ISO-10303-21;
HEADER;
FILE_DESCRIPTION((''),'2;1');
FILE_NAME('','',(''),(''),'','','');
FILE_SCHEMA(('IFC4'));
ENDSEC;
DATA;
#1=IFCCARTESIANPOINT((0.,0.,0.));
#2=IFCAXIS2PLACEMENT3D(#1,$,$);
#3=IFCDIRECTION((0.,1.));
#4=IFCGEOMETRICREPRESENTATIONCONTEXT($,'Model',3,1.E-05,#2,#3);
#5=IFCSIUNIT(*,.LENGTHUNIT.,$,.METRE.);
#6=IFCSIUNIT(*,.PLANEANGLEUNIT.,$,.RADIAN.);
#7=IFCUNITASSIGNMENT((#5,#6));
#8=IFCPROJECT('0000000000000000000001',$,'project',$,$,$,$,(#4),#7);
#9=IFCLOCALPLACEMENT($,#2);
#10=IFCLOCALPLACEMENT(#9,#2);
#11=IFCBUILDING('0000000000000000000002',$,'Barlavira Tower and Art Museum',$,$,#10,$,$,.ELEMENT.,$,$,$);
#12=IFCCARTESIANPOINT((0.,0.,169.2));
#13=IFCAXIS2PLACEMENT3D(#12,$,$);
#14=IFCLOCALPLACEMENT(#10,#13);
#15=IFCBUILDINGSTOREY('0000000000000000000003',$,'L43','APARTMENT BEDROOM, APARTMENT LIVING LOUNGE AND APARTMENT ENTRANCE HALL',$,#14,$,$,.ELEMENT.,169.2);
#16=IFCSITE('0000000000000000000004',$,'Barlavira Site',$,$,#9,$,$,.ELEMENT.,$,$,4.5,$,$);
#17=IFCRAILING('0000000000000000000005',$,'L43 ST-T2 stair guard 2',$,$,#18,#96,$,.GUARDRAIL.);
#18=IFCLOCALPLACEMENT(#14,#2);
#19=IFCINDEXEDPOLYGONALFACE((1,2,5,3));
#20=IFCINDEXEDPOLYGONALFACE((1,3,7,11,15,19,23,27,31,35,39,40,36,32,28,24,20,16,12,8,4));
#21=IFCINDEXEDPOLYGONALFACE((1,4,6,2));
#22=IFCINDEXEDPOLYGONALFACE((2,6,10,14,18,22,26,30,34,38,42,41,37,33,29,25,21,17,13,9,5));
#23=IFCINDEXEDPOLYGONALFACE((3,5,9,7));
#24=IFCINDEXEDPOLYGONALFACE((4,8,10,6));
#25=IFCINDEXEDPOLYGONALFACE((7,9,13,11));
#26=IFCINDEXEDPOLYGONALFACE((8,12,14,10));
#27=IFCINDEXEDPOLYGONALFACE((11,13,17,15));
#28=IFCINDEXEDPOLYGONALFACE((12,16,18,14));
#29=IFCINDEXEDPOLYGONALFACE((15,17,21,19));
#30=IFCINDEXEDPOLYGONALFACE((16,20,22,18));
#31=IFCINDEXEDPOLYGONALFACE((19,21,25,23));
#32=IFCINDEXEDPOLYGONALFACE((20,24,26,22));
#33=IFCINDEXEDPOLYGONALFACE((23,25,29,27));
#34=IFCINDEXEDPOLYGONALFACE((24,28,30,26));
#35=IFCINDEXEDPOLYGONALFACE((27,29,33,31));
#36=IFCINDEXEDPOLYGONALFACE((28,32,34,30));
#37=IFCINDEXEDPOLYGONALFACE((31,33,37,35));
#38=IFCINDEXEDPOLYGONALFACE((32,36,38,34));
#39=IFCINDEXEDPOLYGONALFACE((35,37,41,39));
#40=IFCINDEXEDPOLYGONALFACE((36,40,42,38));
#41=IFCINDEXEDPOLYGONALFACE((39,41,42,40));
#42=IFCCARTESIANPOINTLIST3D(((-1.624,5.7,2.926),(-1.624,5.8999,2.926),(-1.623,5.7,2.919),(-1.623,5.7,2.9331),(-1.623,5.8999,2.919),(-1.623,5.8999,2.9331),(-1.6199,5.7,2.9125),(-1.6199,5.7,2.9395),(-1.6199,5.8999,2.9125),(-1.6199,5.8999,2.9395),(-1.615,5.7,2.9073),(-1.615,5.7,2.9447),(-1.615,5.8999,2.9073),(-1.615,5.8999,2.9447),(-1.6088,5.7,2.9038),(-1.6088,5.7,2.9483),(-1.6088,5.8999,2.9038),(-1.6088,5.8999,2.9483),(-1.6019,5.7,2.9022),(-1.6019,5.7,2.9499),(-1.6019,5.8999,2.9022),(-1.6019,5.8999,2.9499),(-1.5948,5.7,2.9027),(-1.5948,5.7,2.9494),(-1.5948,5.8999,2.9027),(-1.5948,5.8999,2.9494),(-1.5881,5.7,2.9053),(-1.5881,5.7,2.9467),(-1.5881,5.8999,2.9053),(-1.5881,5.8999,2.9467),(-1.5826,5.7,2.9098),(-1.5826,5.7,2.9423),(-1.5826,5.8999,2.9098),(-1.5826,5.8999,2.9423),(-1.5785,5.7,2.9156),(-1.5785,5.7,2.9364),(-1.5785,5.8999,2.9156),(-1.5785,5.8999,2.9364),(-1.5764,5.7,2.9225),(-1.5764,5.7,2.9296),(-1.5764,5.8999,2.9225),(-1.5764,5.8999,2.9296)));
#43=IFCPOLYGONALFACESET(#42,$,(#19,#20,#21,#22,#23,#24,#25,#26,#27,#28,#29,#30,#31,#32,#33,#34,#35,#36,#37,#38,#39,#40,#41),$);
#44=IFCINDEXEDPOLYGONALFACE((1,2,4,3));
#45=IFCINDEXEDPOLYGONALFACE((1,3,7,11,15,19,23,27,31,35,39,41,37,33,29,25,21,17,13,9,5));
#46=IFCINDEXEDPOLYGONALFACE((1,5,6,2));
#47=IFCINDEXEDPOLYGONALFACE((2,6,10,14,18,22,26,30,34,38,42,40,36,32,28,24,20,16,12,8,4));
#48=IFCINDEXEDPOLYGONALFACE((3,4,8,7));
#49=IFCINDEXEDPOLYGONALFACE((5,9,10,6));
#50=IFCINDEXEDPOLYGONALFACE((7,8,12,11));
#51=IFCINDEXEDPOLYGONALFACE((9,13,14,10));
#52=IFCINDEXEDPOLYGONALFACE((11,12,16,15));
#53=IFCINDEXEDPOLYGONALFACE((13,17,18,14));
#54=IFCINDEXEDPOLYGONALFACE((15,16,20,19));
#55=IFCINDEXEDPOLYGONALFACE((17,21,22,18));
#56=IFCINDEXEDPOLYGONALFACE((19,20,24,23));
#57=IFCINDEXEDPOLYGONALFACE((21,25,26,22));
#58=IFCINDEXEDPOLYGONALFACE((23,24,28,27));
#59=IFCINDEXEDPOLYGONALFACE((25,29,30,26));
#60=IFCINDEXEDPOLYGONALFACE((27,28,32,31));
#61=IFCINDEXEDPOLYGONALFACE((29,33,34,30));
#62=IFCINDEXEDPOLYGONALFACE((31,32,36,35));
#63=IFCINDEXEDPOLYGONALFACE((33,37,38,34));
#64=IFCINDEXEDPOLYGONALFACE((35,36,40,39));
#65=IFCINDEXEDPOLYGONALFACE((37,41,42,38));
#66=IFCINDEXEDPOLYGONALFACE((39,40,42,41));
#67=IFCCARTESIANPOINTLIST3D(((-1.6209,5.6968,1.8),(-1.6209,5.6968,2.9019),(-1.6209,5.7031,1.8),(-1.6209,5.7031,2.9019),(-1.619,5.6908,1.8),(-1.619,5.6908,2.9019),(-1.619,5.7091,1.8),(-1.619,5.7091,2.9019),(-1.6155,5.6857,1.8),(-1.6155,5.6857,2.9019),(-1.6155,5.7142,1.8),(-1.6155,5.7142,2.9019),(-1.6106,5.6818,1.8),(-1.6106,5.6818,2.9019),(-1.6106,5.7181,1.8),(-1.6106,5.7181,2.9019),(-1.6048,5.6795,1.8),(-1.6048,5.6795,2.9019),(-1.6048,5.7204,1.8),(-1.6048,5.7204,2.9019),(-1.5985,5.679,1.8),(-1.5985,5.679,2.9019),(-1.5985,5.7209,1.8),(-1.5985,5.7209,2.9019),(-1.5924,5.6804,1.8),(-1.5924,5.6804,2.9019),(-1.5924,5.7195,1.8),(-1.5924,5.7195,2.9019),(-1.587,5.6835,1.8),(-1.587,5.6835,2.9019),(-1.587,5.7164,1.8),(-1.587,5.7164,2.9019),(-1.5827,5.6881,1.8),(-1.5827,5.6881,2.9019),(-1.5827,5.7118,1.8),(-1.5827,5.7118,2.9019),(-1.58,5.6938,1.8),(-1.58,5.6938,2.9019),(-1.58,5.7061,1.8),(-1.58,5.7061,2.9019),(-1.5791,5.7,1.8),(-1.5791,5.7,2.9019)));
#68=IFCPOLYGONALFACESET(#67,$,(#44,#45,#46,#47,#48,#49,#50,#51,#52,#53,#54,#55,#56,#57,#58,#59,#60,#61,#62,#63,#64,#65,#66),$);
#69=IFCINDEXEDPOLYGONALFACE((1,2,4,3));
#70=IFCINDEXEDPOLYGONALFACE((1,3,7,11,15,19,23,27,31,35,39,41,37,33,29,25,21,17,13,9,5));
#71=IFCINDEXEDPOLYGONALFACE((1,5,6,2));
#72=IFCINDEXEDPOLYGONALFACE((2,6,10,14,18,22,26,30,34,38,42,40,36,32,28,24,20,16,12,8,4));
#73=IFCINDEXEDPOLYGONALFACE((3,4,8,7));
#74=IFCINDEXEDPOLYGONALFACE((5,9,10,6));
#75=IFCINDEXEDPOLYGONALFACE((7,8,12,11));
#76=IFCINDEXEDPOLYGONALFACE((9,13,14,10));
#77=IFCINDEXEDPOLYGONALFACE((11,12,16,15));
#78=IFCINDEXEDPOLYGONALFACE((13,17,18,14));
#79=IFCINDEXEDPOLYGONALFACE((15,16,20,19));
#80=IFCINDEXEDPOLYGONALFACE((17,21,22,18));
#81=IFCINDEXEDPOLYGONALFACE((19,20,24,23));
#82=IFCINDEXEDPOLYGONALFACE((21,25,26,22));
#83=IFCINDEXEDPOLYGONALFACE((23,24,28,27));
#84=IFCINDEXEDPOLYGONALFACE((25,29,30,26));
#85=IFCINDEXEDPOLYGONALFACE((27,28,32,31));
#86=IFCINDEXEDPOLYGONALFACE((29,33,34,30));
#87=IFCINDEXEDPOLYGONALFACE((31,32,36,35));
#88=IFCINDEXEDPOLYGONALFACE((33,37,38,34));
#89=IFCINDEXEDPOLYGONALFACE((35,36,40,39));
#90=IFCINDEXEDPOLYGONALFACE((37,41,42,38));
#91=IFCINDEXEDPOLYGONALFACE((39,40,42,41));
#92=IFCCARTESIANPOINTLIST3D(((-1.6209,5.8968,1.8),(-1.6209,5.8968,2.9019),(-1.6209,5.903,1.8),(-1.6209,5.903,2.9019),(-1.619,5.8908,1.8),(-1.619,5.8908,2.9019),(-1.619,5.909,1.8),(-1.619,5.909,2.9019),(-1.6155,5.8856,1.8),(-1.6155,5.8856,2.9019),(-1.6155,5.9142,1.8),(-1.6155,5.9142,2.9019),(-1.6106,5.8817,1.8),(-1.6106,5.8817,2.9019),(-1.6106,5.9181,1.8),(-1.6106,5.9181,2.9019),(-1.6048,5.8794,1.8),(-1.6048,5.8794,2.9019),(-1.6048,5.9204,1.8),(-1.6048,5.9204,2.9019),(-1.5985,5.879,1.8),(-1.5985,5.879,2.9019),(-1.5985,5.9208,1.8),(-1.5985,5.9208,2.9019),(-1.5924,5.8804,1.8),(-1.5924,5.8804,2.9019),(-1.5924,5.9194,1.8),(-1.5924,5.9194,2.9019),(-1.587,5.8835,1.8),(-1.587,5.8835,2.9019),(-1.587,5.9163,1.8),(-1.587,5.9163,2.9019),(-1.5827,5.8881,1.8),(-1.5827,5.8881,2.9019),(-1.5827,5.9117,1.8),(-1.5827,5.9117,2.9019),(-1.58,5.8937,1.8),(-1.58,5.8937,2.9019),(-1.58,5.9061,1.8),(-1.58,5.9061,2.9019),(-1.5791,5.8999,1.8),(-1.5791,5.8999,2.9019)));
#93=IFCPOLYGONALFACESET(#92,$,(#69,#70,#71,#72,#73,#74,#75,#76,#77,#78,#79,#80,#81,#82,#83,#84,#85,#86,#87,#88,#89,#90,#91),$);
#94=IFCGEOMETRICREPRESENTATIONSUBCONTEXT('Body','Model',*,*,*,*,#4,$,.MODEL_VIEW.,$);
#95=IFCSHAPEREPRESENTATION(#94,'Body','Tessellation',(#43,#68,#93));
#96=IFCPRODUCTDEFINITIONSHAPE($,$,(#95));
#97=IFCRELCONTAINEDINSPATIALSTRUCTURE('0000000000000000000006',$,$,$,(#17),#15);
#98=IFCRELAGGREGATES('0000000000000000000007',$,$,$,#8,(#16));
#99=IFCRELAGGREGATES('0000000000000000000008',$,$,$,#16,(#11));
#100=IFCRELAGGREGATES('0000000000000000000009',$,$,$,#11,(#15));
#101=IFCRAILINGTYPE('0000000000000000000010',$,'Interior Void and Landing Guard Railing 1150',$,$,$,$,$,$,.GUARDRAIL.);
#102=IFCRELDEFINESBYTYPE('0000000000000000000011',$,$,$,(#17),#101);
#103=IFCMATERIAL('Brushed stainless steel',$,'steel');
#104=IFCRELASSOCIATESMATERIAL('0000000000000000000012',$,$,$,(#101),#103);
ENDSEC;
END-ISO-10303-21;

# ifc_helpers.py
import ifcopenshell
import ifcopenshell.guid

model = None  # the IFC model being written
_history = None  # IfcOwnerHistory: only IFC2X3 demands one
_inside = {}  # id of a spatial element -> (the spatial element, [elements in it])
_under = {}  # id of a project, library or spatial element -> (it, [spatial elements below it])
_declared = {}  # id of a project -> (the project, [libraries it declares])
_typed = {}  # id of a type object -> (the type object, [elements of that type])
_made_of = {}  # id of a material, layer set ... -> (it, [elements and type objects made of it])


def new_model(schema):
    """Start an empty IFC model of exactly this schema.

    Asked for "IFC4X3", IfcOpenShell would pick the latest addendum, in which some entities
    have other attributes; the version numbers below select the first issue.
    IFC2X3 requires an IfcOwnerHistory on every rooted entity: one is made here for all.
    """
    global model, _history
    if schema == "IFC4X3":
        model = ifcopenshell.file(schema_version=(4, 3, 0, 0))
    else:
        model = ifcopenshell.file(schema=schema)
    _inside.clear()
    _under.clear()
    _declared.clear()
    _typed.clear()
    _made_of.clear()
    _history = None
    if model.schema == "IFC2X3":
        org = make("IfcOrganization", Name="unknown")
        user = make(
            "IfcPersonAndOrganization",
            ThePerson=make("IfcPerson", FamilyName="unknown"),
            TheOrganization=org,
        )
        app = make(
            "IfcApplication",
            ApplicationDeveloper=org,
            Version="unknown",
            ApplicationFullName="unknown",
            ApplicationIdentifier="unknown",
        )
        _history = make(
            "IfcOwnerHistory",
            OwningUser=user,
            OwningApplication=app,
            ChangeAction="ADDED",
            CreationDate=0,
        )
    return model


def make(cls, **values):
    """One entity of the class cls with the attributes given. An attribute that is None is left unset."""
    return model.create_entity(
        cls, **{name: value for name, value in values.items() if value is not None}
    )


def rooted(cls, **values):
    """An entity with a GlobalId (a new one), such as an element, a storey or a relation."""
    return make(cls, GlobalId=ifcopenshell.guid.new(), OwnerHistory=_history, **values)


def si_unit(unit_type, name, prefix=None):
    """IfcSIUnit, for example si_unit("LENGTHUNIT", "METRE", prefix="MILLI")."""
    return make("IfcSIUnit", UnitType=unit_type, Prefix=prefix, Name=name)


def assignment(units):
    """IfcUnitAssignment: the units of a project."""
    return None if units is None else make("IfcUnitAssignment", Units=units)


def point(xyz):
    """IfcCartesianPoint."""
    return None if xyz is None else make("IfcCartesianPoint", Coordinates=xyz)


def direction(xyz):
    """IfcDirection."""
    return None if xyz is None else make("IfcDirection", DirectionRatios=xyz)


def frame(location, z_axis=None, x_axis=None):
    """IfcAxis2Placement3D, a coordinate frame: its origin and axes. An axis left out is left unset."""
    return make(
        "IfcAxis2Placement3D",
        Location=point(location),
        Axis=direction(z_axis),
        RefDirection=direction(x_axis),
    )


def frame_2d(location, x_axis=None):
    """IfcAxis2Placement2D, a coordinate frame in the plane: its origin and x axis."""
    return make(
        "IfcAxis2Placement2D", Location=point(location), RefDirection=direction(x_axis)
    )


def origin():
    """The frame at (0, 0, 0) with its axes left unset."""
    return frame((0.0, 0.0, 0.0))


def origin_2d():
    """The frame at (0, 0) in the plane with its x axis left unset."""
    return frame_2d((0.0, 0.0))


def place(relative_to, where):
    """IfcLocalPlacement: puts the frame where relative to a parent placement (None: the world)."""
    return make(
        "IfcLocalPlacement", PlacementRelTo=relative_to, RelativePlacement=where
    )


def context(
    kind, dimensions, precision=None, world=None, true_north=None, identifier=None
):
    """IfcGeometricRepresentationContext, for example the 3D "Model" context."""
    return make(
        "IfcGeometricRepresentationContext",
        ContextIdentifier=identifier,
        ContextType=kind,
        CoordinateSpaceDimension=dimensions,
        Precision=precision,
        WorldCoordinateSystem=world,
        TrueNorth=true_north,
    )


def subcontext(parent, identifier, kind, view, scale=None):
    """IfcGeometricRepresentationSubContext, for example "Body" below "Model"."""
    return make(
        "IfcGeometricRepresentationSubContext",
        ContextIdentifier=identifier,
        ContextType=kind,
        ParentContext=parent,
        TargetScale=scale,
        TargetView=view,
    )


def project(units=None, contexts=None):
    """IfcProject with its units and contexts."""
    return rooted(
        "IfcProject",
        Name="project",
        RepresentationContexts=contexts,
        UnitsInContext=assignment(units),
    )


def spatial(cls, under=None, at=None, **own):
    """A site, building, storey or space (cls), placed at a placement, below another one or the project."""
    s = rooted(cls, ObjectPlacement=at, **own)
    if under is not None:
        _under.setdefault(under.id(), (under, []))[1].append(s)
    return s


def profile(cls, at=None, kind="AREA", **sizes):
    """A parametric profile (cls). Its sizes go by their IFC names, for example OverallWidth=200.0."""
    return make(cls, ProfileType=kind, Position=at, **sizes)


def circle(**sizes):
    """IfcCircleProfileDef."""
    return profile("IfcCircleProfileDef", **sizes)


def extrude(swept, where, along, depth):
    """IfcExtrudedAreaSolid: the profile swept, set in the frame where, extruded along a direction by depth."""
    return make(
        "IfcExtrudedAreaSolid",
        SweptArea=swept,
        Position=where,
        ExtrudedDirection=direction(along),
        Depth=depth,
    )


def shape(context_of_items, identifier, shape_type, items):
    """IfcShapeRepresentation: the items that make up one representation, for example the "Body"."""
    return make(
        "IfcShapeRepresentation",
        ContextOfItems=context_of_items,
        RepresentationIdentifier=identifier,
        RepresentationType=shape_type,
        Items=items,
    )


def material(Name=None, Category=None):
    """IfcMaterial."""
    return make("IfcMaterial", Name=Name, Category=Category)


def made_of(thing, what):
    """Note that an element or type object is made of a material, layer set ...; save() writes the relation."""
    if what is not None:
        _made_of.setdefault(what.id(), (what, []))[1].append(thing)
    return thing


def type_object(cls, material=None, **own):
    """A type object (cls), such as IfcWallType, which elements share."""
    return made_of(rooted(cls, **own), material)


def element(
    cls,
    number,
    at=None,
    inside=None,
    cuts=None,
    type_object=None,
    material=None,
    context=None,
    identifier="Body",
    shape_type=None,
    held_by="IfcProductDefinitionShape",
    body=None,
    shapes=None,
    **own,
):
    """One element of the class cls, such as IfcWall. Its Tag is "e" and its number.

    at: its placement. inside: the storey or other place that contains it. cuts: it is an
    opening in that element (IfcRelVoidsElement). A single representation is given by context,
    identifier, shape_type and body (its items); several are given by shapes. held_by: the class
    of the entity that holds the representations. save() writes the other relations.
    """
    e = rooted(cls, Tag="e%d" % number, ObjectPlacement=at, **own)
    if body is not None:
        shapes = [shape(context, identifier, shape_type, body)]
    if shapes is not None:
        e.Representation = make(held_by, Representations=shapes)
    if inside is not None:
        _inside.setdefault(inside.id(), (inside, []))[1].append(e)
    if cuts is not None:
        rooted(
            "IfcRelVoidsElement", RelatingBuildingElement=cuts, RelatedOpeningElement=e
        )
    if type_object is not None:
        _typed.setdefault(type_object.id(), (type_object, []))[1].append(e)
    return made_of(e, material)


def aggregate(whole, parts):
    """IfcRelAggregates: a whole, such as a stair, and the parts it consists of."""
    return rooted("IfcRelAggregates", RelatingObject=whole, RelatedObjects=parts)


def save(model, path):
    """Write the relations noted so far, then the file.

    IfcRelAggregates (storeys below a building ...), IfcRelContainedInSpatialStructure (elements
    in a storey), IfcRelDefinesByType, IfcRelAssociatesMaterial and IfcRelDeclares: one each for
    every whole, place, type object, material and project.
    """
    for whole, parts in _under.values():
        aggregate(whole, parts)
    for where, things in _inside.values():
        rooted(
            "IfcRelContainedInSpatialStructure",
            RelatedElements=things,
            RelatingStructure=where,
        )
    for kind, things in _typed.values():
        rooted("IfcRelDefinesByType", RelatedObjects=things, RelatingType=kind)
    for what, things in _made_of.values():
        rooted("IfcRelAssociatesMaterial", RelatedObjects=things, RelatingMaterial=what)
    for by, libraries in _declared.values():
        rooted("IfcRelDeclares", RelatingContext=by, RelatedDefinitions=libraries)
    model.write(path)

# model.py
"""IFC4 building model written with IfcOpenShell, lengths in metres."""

from ifc_helpers import new_model, si_unit, direction, frame, origin, origin_2d, place, context, subcontext, project, spatial, circle, extrude, material, type_object, element, save


model = new_model("IFC4")

# Units and contexts
model_context = context("Model", 3, precision=1e-05, world=origin(), true_north=direction((0.0, 1.0)))
body_context = subcontext(model_context, "Body", "Model", "MODEL_VIEW")
ifc_project = project(units=[si_unit("LENGTHUNIT", "METRE"), si_unit("PLANEANGLEUNIT", "RADIAN")], contexts=[model_context])

# Site, building, storey
site_placement = place(None, origin())
site = spatial("IfcSite", under=ifc_project, at=site_placement, Name="Barlavira Site", CompositionType="ELEMENT", RefElevation=4.5)
building_placement = place(site_placement, origin())
building = spatial("IfcBuilding", under=site, at=building_placement, Name="Barlavira Tower and Art Museum", CompositionType="ELEMENT")
storey_placement = place(building_placement, frame((0.0, 0.0, 169.2)))
storey = spatial("IfcBuildingStorey", under=building, at=storey_placement, Name="L43", Description="APARTMENT BEDROOM, APARTMENT LIVING LOUNGE AND APARTMENT ENTRANCE HALL", CompositionType="ELEMENT", Elevation=169.2)

# Shared definitions
ifc_material_1 = material(Name="Brushed stainless steel", Category="steel")

# Railing
railing_type_1 = type_object("IfcRailingType", Name="Interior Void and Landing Guard Railing 1150", PredefinedType="GUARDRAIL", material=ifc_material_1)
railing_1_placement = place(storey_placement, frame((-1.6001, 5.7, 1.8)))
element("IfcRailing", 1, at=railing_1_placement, inside=storey, type_object=railing_type_1, Name="L43 ST-T2 stair guard 2", PredefinedType="GUARDRAIL", context=body_context, shape_type="SweptSolid", body=[
    extrude(circle(Radius=0.0239, at=origin_2d()), frame((0.0, 0.0, 1.126), z_axis=(0.0, 1.0, 0.0), x_axis=(-1.0, 0.0, 0.0)), (0.0, 0.0, 1.0), 0.2),
    extrude(circle(Radius=0.021, at=origin_2d()), origin(), (0.0, 0.0, 1.0), 1.1018),
    extrude(circle(Radius=0.021, at=origin_2d()), frame((0.0, 0.2, 0.0)), (0.0, 0.0, 1.0), 1.1018),
])

save(model, "model.ifc")
